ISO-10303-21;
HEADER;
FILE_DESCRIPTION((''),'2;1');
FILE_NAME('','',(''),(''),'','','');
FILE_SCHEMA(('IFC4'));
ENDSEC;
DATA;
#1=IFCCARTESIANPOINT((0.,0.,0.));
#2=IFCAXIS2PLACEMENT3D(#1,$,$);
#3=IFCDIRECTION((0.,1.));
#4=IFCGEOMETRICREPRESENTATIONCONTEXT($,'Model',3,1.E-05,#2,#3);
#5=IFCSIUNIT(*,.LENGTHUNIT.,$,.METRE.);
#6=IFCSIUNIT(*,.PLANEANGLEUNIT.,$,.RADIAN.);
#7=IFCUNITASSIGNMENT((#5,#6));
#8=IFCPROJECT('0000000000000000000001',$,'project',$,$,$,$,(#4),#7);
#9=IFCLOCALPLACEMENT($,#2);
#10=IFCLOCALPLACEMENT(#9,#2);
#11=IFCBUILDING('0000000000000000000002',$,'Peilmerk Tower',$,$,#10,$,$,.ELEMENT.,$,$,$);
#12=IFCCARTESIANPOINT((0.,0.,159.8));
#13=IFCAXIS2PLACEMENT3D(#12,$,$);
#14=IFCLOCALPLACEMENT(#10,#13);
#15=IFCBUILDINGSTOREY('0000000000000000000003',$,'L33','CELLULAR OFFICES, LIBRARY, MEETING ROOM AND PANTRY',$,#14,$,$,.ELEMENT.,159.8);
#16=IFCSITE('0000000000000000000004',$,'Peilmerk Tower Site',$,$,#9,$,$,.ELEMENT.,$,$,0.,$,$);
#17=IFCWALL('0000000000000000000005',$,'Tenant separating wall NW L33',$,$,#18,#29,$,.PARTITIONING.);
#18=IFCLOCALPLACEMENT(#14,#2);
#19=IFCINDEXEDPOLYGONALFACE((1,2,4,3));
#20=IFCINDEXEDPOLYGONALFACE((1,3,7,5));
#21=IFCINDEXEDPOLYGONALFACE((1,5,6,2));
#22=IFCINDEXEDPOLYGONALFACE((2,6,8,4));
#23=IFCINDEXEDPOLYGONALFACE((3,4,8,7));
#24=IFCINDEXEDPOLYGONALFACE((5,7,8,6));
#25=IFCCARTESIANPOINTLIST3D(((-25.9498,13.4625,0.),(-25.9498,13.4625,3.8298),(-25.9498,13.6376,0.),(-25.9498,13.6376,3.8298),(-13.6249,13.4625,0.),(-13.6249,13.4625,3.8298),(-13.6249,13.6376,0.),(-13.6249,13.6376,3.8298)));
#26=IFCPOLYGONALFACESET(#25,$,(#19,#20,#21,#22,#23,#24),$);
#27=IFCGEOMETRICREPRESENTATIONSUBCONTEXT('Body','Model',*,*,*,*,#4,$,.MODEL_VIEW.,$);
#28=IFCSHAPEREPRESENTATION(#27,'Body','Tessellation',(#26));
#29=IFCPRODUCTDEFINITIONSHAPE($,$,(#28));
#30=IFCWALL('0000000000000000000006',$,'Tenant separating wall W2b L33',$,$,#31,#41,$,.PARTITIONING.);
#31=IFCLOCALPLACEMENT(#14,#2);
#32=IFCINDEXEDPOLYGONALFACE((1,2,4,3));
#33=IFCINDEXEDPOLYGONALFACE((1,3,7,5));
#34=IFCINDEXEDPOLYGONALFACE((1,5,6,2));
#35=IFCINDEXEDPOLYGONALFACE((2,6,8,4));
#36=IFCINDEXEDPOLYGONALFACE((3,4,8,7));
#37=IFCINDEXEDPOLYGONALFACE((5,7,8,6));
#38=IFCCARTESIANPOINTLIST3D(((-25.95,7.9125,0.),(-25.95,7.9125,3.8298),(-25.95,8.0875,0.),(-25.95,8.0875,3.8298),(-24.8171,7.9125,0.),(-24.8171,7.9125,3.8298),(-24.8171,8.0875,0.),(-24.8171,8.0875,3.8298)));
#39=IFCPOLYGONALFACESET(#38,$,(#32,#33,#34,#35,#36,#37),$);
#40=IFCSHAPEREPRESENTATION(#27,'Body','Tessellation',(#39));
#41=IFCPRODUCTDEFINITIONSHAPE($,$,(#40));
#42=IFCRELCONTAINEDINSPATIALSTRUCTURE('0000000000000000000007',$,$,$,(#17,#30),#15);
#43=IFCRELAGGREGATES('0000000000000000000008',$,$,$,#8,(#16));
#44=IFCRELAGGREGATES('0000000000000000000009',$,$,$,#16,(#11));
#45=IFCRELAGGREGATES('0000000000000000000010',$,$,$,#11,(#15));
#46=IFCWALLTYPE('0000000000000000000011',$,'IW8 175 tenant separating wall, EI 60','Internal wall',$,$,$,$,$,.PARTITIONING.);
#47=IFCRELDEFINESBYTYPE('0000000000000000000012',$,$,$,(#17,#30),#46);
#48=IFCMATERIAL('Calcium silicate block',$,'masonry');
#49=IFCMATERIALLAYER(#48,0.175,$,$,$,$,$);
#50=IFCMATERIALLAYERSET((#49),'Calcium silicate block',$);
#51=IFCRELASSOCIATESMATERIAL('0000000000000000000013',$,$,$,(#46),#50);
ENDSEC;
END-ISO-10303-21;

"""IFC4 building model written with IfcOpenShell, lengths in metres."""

from ifc_helpers import new_model, si_unit, direction, frame, frame_2d, origin, place, context, subcontext, project, spatial, rectangle, extrude, material, layer, layer_set, type_object, element, save


model = new_model("IFC4")

# Units and contexts
model_context = context("Model", 3, precision=1e-05, world=origin(), true_north=direction((0.0, 1.0)))
body_context = subcontext(model_context, "Body", "Model", "MODEL_VIEW")
ifc_project = project(units=[si_unit("LENGTHUNIT", "METRE"), si_unit("PLANEANGLEUNIT", "RADIAN")], contexts=[model_context])

# Site, building, storey
site_placement = place(None, origin())
site = spatial("IfcSite", under=ifc_project, at=site_placement, Name="Peilmerk Tower Site", CompositionType="ELEMENT", RefElevation=0.0)
building_placement = place(site_placement, origin())
building = spatial("IfcBuilding", under=site, at=building_placement, Name="Peilmerk Tower", CompositionType="ELEMENT")
storey_placement = place(building_placement, frame((0.0, 0.0, 159.8)))
storey = spatial("IfcBuildingStorey", under=building, at=storey_placement, Name="L33", Description="CELLULAR OFFICES, LIBRARY, MEETING ROOM AND PANTRY", CompositionType="ELEMENT", Elevation=159.8)

# Walls
ifc_material_1 = material(Name="Calcium silicate block", Category="masonry")
ifc_layer_1 = layer(ifc_material_1, 0.175)
ifc_layer_set_1 = layer_set([ifc_layer_1], Name="Calcium silicate block")
wall_type_1 = type_object("IfcWallType", Name="IW8 175 tenant separating wall, EI 60", Description="Internal wall", PredefinedType="PARTITIONING", material=ifc_layer_set_1)
wall_1_placement = place(storey_placement, frame((-25.95, 13.55, 0.0), z_axis=(0.0, 0.0, 1.0), x_axis=(1.0, 0.0, 0.0)))
element("IfcWall", 1, at=wall_1_placement, inside=storey, type_object=wall_type_1, Name="Tenant separating wall NW L33", PredefinedType="PARTITIONING", context=body_context, shape_type="SweptSolid", body=[
    extrude(rectangle(XDim=12.325, YDim=0.175, at=frame_2d((6.1626, 0.0))), origin(), (0.0, 0.0, 1.0), 3.8298),
])
wall_2_placement = place(storey_placement, frame((-24.8171, 8.0, 0.0), z_axis=(0.0, 0.0, 1.0), x_axis=(-1.0, 0.0, 0.0)))
element("IfcWall", 2, at=wall_2_placement, inside=storey, type_object=wall_type_1, Name="Tenant separating wall W2b L33", PredefinedType="PARTITIONING", context=body_context, shape_type="SweptSolid", body=[
    extrude(rectangle(XDim=1.1328, YDim=0.175, at=frame_2d((0.5664, 0.0))), origin(), (0.0, 0.0, 1.0), 3.8298),
])

save(model, "model.ifc")
